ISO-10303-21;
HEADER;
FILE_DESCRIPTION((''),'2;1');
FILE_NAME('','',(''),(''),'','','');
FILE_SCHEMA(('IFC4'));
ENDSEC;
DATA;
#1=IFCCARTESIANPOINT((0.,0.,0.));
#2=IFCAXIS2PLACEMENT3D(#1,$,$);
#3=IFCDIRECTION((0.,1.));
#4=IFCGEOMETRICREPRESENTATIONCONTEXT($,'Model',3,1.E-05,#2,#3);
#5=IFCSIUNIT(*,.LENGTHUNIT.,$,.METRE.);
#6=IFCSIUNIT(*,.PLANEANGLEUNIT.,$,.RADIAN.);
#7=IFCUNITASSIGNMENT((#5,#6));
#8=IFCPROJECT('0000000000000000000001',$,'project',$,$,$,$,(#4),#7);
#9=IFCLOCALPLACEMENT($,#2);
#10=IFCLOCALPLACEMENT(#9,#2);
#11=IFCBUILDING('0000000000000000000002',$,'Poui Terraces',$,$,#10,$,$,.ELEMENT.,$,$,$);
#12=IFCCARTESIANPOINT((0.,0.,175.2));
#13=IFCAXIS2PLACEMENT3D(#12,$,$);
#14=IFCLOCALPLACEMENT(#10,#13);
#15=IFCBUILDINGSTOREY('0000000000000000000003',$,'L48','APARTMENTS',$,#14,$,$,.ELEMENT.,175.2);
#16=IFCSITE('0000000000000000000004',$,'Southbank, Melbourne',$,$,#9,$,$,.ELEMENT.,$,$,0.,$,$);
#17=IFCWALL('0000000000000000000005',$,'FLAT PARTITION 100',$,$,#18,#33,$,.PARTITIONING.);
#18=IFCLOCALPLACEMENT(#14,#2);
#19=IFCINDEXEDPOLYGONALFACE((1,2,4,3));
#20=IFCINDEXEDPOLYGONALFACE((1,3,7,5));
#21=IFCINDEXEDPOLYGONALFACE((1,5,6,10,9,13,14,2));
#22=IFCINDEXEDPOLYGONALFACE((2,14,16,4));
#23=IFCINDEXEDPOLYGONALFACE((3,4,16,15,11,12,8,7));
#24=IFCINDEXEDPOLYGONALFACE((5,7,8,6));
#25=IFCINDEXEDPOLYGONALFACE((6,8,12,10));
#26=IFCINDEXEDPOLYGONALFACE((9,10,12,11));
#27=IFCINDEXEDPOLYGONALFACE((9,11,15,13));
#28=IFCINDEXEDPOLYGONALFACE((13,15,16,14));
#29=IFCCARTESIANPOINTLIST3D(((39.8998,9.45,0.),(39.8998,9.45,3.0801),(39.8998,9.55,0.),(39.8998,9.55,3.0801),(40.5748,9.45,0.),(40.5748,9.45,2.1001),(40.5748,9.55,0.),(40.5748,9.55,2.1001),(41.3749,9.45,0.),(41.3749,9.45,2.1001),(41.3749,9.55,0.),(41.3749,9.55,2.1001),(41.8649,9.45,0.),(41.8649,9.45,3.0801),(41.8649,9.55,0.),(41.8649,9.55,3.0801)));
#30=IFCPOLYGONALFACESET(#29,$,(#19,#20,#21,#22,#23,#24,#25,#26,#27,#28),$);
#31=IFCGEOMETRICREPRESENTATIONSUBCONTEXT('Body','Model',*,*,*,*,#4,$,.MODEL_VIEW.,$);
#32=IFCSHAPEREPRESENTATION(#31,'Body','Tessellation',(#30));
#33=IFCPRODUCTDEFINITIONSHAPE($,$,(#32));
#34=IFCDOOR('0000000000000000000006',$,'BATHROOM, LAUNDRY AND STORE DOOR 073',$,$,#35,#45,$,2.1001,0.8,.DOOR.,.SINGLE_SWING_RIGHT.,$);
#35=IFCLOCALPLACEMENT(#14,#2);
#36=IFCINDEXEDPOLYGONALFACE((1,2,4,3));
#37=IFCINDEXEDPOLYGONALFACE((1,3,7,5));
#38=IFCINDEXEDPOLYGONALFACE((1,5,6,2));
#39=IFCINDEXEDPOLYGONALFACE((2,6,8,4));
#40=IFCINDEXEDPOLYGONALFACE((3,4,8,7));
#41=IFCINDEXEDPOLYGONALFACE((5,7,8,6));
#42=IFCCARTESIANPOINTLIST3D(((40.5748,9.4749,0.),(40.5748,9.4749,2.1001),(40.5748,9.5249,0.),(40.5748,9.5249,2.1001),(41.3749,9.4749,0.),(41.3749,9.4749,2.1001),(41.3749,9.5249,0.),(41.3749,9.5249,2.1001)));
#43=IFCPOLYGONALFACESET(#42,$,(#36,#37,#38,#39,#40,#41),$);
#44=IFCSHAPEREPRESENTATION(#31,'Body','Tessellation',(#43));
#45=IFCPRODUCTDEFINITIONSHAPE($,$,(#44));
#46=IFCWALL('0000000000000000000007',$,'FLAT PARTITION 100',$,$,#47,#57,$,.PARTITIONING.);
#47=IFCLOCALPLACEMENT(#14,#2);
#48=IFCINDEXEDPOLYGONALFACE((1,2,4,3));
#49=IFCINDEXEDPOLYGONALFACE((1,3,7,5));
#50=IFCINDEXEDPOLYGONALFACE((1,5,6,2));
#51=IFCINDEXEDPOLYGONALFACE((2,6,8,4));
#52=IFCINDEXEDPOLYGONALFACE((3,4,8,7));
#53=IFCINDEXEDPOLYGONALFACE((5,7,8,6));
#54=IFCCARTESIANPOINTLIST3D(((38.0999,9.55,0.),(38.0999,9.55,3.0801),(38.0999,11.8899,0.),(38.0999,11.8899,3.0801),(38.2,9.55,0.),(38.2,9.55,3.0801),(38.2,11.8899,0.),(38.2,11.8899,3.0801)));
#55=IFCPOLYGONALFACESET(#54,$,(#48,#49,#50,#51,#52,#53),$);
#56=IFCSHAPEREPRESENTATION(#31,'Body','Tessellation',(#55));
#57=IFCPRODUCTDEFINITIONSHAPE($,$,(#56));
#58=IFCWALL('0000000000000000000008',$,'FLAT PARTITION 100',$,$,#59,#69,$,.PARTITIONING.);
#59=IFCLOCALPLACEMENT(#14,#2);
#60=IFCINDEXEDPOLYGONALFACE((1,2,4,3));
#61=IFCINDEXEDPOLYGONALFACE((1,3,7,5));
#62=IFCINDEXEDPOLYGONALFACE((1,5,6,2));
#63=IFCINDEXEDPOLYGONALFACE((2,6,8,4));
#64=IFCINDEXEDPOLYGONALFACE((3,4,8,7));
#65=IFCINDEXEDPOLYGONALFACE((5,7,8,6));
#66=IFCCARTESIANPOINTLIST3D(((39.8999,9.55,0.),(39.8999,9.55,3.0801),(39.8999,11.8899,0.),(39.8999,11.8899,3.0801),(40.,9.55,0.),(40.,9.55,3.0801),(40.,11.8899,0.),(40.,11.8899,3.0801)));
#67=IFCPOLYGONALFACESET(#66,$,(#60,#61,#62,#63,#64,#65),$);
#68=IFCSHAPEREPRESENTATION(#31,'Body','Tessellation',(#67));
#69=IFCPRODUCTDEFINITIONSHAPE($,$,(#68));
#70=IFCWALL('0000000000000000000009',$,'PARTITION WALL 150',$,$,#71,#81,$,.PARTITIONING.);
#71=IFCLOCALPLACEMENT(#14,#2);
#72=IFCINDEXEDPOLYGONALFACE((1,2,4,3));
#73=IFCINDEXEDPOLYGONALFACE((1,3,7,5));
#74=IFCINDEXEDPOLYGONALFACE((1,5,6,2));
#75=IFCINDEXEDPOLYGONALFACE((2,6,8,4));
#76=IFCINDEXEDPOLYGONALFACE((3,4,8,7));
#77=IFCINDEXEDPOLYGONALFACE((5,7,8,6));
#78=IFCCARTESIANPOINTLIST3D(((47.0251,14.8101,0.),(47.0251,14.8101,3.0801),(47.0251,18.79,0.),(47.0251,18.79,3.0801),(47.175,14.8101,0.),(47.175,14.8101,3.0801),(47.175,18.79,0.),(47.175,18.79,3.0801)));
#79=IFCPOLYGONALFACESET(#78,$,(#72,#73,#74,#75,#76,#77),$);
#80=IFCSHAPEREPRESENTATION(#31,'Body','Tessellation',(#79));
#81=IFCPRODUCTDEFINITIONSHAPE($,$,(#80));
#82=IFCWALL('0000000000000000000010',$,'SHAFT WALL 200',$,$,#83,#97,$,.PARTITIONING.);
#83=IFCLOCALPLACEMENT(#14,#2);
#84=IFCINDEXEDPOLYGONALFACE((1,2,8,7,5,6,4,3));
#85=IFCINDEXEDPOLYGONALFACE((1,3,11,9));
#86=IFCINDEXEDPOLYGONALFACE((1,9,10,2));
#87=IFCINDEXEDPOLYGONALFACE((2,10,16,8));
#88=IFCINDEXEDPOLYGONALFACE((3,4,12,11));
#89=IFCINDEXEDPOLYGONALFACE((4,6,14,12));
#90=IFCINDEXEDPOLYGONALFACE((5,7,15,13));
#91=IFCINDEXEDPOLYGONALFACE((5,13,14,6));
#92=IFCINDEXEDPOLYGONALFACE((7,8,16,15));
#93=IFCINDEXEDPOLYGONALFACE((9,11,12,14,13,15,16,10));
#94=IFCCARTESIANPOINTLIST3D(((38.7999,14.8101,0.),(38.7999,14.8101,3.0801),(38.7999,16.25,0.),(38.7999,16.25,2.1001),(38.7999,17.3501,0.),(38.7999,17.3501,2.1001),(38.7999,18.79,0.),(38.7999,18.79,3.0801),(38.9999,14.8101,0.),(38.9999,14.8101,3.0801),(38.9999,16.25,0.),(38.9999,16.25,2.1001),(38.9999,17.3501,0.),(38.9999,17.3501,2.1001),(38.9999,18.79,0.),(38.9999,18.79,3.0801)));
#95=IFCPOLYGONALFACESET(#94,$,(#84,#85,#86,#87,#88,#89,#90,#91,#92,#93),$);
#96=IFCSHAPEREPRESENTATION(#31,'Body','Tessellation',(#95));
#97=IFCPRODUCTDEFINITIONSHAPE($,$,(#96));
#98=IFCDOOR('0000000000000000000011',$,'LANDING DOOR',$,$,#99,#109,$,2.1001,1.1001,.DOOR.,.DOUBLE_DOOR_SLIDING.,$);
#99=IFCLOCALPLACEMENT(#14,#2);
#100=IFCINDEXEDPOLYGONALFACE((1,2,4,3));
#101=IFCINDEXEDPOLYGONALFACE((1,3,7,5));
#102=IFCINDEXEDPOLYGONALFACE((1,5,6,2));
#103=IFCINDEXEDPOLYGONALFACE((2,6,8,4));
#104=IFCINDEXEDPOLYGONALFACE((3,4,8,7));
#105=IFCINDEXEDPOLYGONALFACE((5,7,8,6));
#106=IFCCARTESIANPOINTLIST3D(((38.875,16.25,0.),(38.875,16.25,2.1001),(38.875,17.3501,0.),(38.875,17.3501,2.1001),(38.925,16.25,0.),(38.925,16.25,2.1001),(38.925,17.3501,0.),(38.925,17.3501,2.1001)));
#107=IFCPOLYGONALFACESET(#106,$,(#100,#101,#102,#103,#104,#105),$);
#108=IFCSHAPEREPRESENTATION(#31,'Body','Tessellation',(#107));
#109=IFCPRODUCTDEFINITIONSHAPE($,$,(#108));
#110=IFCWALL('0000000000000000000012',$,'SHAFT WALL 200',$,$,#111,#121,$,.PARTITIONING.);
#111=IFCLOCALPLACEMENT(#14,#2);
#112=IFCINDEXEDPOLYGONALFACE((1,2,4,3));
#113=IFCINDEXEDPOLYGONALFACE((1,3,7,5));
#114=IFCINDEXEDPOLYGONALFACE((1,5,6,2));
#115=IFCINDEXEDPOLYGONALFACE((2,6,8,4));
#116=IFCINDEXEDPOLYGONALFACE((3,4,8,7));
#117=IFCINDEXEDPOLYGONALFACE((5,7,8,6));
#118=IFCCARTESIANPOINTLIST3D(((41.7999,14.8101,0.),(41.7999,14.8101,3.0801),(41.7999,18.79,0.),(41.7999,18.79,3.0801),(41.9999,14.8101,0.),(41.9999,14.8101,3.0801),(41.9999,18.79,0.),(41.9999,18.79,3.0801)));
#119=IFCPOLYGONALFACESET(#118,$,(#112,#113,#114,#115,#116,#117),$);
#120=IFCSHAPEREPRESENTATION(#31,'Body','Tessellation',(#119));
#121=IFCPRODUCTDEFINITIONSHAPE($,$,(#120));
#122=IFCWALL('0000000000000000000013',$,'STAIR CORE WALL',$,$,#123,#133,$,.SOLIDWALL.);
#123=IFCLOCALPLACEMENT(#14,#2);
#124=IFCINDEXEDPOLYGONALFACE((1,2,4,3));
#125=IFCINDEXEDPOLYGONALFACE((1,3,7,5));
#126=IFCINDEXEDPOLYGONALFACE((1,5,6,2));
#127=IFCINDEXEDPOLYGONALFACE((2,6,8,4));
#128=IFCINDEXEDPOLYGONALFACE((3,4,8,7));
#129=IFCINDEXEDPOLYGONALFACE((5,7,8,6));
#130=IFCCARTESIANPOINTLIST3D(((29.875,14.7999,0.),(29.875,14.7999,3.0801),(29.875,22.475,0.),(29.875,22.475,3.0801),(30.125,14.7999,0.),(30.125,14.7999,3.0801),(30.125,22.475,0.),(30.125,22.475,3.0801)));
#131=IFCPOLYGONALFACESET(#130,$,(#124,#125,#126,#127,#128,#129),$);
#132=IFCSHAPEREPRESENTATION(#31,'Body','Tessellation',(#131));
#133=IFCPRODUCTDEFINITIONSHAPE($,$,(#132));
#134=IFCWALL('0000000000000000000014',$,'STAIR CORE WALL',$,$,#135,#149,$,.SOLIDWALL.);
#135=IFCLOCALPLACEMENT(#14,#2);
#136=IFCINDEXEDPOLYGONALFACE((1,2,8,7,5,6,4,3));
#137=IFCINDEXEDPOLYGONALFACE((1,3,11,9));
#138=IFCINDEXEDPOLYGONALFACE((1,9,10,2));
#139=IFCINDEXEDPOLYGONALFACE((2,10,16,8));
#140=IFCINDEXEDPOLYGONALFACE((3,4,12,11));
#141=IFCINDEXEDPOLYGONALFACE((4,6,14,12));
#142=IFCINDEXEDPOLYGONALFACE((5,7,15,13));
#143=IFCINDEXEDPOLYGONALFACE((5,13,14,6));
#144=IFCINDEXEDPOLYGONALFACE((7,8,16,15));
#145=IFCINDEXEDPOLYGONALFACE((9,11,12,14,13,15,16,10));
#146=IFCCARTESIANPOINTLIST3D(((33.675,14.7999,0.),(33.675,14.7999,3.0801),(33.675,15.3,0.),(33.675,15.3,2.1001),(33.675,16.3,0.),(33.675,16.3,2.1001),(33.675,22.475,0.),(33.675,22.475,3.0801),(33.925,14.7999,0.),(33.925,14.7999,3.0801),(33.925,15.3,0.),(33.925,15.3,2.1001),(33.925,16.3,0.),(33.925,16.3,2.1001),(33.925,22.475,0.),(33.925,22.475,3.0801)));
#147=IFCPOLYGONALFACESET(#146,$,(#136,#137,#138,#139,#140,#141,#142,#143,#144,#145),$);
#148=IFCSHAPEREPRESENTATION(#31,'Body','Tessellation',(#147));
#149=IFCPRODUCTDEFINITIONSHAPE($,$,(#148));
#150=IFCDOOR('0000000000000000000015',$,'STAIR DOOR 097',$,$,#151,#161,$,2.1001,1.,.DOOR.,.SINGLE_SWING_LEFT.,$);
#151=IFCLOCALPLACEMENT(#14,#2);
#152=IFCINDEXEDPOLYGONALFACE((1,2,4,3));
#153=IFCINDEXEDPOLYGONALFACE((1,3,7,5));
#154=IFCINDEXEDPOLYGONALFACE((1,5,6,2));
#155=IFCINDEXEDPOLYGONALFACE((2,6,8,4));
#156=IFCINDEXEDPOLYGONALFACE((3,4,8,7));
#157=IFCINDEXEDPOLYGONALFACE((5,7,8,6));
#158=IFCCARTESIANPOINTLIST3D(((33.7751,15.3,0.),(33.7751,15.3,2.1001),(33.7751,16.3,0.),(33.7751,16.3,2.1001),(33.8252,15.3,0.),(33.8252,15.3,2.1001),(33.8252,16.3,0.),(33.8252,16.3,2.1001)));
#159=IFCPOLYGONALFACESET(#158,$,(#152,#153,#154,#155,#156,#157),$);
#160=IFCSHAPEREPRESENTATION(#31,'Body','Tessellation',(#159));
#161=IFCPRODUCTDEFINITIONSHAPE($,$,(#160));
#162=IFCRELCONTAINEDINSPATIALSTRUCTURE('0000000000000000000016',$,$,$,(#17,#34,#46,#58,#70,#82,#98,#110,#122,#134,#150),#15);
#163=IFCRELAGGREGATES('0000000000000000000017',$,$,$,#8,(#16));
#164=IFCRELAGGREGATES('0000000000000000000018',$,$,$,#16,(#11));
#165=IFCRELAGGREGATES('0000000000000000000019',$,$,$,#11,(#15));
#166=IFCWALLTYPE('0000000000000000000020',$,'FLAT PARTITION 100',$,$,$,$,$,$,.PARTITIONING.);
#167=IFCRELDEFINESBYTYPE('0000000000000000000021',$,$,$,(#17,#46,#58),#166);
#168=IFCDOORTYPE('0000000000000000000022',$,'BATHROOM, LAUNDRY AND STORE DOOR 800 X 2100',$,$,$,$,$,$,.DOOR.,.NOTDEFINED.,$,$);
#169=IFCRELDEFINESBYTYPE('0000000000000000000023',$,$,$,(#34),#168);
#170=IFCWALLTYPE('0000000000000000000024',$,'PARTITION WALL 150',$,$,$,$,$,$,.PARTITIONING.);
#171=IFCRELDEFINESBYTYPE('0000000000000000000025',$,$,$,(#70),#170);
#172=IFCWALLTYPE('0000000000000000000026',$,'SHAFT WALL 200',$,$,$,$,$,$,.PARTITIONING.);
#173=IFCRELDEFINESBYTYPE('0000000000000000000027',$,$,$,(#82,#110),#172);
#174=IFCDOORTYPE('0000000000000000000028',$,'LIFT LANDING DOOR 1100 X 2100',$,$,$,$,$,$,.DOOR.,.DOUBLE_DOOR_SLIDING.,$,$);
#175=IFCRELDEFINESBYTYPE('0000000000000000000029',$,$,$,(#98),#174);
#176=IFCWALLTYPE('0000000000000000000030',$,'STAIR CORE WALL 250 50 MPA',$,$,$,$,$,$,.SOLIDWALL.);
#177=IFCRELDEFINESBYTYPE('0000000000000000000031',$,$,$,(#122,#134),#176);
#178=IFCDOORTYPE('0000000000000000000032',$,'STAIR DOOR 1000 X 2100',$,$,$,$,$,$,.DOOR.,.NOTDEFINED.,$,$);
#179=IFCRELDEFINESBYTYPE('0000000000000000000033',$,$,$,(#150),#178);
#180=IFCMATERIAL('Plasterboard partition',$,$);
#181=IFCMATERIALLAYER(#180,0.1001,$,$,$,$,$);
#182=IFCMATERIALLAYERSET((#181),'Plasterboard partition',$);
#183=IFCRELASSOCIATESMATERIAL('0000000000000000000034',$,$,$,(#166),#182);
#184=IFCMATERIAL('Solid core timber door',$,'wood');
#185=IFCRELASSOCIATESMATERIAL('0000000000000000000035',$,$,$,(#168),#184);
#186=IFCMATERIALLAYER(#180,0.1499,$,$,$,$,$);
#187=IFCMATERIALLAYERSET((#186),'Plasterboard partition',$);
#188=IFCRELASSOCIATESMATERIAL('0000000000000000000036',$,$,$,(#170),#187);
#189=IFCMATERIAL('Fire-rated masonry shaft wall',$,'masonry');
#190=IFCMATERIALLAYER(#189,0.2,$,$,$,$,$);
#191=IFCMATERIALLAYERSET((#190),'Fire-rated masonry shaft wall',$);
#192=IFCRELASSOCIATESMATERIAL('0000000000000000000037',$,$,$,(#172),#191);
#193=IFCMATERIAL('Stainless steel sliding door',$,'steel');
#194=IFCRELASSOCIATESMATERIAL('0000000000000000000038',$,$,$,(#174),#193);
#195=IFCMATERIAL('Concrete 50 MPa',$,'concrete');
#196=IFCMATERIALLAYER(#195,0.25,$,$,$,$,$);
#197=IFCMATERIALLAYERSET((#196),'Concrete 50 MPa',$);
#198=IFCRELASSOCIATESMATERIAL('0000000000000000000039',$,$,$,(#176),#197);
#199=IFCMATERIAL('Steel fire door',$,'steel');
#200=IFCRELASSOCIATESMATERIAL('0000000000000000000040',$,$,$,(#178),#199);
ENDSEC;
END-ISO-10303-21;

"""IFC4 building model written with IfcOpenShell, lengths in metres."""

from ifc_helpers import new_model, si_unit, direction, frame, frame_2d, origin, place, context, subcontext, project, spatial, rectangle, extrude, material, layer, layer_set, type_object, element, fill, save


model = new_model("IFC4")

# Units and contexts
model_context = context("Model", 3, precision=1e-05, world=origin(), true_north=direction((0.0, 1.0)))
body_context = subcontext(model_context, "Body", "Model", "MODEL_VIEW")
ifc_project = project(units=[si_unit("LENGTHUNIT", "METRE"), si_unit("PLANEANGLEUNIT", "RADIAN")], contexts=[model_context])

# Site, building, storey
site_placement = place(None, origin())
site = spatial("IfcSite", under=ifc_project, at=site_placement, Name="Southbank, Melbourne", CompositionType="ELEMENT", RefElevation=0.0)
building_placement = place(site_placement, origin())
building = spatial("IfcBuilding", under=site, at=building_placement, Name="Poui Terraces", CompositionType="ELEMENT")
storey_placement = place(building_placement, frame((0.0, 0.0, 175.2)))
storey = spatial("IfcBuildingStorey", under=building, at=storey_placement, Name="L48", Description="APARTMENTS", CompositionType="ELEMENT", Elevation=175.2)

# Shared definitions
ifc_material_1 = material(Name="Concrete 50 MPa", Category="concrete")

# Shared definitions
ifc_material_2 = material(Name="Steel fire door", Category="steel")

# Wall, opening, door
ifc_material_3 = material(Name="Plasterboard partition")
ifc_layer_1 = layer(ifc_material_3, 0.1001)
ifc_layer_set_1 = layer_set([ifc_layer_1], Name="Plasterboard partition")
wall_type_1 = type_object("IfcWallType", Name="FLAT PARTITION 100", PredefinedType="PARTITIONING", material=ifc_layer_set_1)
wall_1_placement = place(storey_placement, frame((39.8999, 9.5, 0.0), z_axis=(0.0, 0.0, 1.0), x_axis=(1.0, 0.0, 0.0)))
wall_1 = element("IfcWall", 1, at=wall_1_placement, inside=storey, type_object=wall_type_1, Name="FLAT PARTITION 100", PredefinedType="PARTITIONING", context=body_context, shape_type="SweptSolid", body=[
    extrude(rectangle(XDim=1.9651, YDim=0.1001, at=frame_2d((0.9824, 0.0))), origin(), (0.0, 0.0, 1.0), 3.0801),
])
opening_1_placement = place(wall_1_placement, frame((0.675, 0.0, 0.0)))
opening_1 = element("IfcOpeningElement", 2, at=opening_1_placement, cuts=wall_1, PredefinedType="OPENING", context=body_context, shape_type="SweptSolid", body=[
    extrude(rectangle(XDim=0.8, YDim=2.1001, at=frame_2d((0.3999, 1.05))), frame((0.0, 0.0601, 0.0), z_axis=(0.0, -1.0, 0.0), x_axis=(1.0, 0.0, 0.0)), (0.0, 0.0, 1.0), 0.1201),
])
ifc_material_4 = material(Name="Solid core timber door", Category="wood")
door_type_1 = type_object("IfcDoorType", Name="BATHROOM, LAUNDRY AND STORE DOOR 800 X 2100", OperationType="NOTDEFINED", PredefinedType="DOOR", material=ifc_material_4)
door_1_placement = place(opening_1_placement, origin())
door_1 = element("IfcDoor", 3, at=door_1_placement, inside=storey, type_object=door_type_1, Name="BATHROOM, LAUNDRY AND STORE DOOR 073", OperationType="SINGLE_SWING_RIGHT", OverallHeight=2.1001, OverallWidth=0.8, PredefinedType="DOOR", context=body_context, shape_type="SweptSolid", body=[
    extrude(rectangle(XDim=0.8, YDim=2.1001, at=frame_2d((0.3999, 1.05))), frame((0.0, 0.0249, 0.0), z_axis=(0.0, -1.0, 0.0), x_axis=(1.0, 0.0, 0.0)), (0.0, 0.0, 1.0), 0.05),
])
fill(opening_1, door_1)

# Walls
for number, where, z_axis, x_axis, name in (
    (4, (38.1499, 9.55, 0.0), (0.0, 0.0, 1.0), (0.0, 1.0, 0.0), "FLAT PARTITION 100"),
    (5, (39.95, 9.55, 0.0), (0.0, 0.0, 1.0), (0.0, 1.0, 0.0), "FLAT PARTITION 100"),
):
    element("IfcWall", number, at=place(storey_placement, frame(where, z_axis=z_axis, x_axis=x_axis)), inside=storey, type_object=wall_type_1, Name=name, PredefinedType="PARTITIONING", context=body_context, shape_type="SweptSolid", body=[
        extrude(rectangle(XDim=2.3398, YDim=0.1001, at=frame_2d((1.1699, 0.0))), origin(), (0.0, 0.0, 1.0), 3.0801),
    ])
ifc_layer_2 = layer(ifc_material_3, 0.1499)
ifc_layer_set_2 = layer_set([ifc_layer_2], Name="Plasterboard partition")
wall_type_2 = type_object("IfcWallType", Name="PARTITION WALL 150", PredefinedType="PARTITIONING", material=ifc_layer_set_2)
wall_2_placement = place(storey_placement, frame((47.1001, 14.8101, 0.0), z_axis=(0.0, 0.0, 1.0), x_axis=(0.0, 1.0, 0.0)))
element("IfcWall", 6, at=wall_2_placement, inside=storey, type_object=wall_type_2, Name="PARTITION WALL 150", PredefinedType="PARTITIONING", context=body_context, shape_type="SweptSolid", body=[
    extrude(rectangle(XDim=3.98, YDim=0.1499, at=frame_2d((1.99, 0.0))), origin(), (0.0, 0.0, 1.0), 3.0801),
])

# Wall, opening, door
ifc_material_5 = material(Name="Fire-rated masonry shaft wall", Category="masonry")
ifc_layer_3 = layer(ifc_material_5, 0.2)
ifc_layer_set_3 = layer_set([ifc_layer_3], Name="Fire-rated masonry shaft wall")
wall_type_3 = type_object("IfcWallType", Name="SHAFT WALL 200", PredefinedType="PARTITIONING", material=ifc_layer_set_3)
wall_3_placement = place(storey_placement, frame((38.8999, 14.8101, 0.0), z_axis=(0.0, 0.0, 1.0), x_axis=(0.0, 1.0, 0.0)))
wall_3 = element("IfcWall", 7, at=wall_3_placement, inside=storey, type_object=wall_type_3, Name="SHAFT WALL 200", PredefinedType="PARTITIONING", context=body_context, shape_type="SweptSolid", body=[
    extrude(rectangle(XDim=3.98, YDim=0.2, at=frame_2d((1.99, 0.0))), origin(), (0.0, 0.0, 1.0), 3.0801),
])
opening_2_placement = place(wall_3_placement, frame((1.4399, 0.0, 0.0)))
opening_2 = element("IfcOpeningElement", 8, at=opening_2_placement, cuts=wall_3, PredefinedType="OPENING", context=body_context, shape_type="SweptSolid", body=[
    extrude(rectangle(XDim=1.1001, YDim=2.1001, at=frame_2d((0.55, 1.05))), frame((0.0, 0.1099, 0.0), z_axis=(0.0, -1.0, 0.0), x_axis=(1.0, 0.0, 0.0)), (0.0, 0.0, 1.0), 0.22),
])
ifc_material_6 = material(Name="Stainless steel sliding door", Category="steel")
door_type_2 = type_object("IfcDoorType", Name="LIFT LANDING DOOR 1100 X 2100", OperationType="DOUBLE_DOOR_SLIDING", PredefinedType="DOOR", material=ifc_material_6)
door_2_placement = place(opening_2_placement, origin())
door_2 = element("IfcDoor", 9, at=door_2_placement, inside=storey, type_object=door_type_2, Name="LANDING DOOR", OperationType="DOUBLE_DOOR_SLIDING", OverallHeight=2.1001, OverallWidth=1.1001, PredefinedType="DOOR", context=body_context, shape_type="SweptSolid", body=[
    extrude(rectangle(XDim=1.1001, YDim=2.1001, at=frame_2d((0.55, 1.05))), frame((0.0, 0.0249, 0.0), z_axis=(0.0, -1.0, 0.0), x_axis=(1.0, 0.0, 0.0)), (0.0, 0.0, 1.0), 0.05),
])
fill(opening_2, door_2)

# Walls
wall_4_placement = place(storey_placement, frame((41.8999, 14.8101, 0.0), z_axis=(0.0, 0.0, 1.0), x_axis=(0.0, 1.0, 0.0)))
element("IfcWall", 10, at=wall_4_placement, inside=storey, type_object=wall_type_3, Name="SHAFT WALL 200", PredefinedType="PARTITIONING", context=body_context, shape_type="SweptSolid", body=[
    extrude(rectangle(XDim=3.98, YDim=0.2, at=frame_2d((1.99, 0.0))), origin(), (0.0, 0.0, 1.0), 3.0801),
])
ifc_layer_4 = layer(ifc_material_1, 0.25)
ifc_layer_set_4 = layer_set([ifc_layer_4], Name="Concrete 50 MPa")
wall_type_4 = type_object("IfcWallType", Name="STAIR CORE WALL 250 50 MPA", PredefinedType="SOLIDWALL", material=ifc_layer_set_4)
wall_5_placement = place(storey_placement, frame((30.0, 14.8, 0.0), z_axis=(0.0, 0.0, 1.0), x_axis=(0.0, 1.0, 0.0)))
element("IfcWall", 11, at=wall_5_placement, inside=storey, type_object=wall_type_4, Name="STAIR CORE WALL", PredefinedType="SOLIDWALL", context=body_context, shape_type="SweptSolid", body=[
    extrude(rectangle(XDim=7.675, YDim=0.25, at=frame_2d((3.8374, 0.0))), origin(), (0.0, 0.0, 1.0), 3.0801),
])

# Wall, opening, door
wall_6_placement = place(storey_placement, frame((33.8, 14.8, 0.0), z_axis=(0.0, 0.0, 1.0), x_axis=(0.0, 1.0, 0.0)))
wall_6 = element("IfcWall", 12, at=wall_6_placement, inside=storey, type_object=wall_type_4, Name="STAIR CORE WALL", PredefinedType="SOLIDWALL", context=body_context, shape_type="SweptSolid", body=[
    extrude(rectangle(XDim=7.675, YDim=0.25, at=frame_2d((3.8374, 0.0))), origin(), (0.0, 0.0, 1.0), 3.0801),
])
opening_3_placement = place(wall_6_placement, frame((0.5, 0.0, 0.0)))
opening_3 = element("IfcOpeningElement", 13, at=opening_3_placement, cuts=wall_6, PredefinedType="OPENING", context=body_context, shape_type="SweptSolid", body=[
    extrude(rectangle(XDim=1.0, YDim=2.1001, at=frame_2d((0.5, 1.05))), frame((0.0, 0.135, 0.0), z_axis=(0.0, -1.0, 0.0), x_axis=(1.0, 0.0, 0.0)), (0.0, 0.0, 1.0), 0.27),
])
door_type_3 = type_object("IfcDoorType", Name="STAIR DOOR 1000 X 2100", OperationType="NOTDEFINED", PredefinedType="DOOR", material=ifc_material_2)
door_3_placement = place(opening_3_placement, origin())
door_3 = element("IfcDoor", 14, at=door_3_placement, inside=storey, type_object=door_type_3, Name="STAIR DOOR 097", OperationType="SINGLE_SWING_LEFT", OverallHeight=2.1001, OverallWidth=1.0, PredefinedType="DOOR", context=body_context, shape_type="SweptSolid", body=[
    extrude(rectangle(XDim=1.0, YDim=2.1001, at=frame_2d((0.5, 1.05))), frame((0.0, 0.0249, 0.0), z_axis=(0.0, -1.0, 0.0), x_axis=(1.0, 0.0, 0.0)), (0.0, 0.0, 1.0), 0.05),
])
fill(opening_3, door_3)

save(model, "model.ifc")
